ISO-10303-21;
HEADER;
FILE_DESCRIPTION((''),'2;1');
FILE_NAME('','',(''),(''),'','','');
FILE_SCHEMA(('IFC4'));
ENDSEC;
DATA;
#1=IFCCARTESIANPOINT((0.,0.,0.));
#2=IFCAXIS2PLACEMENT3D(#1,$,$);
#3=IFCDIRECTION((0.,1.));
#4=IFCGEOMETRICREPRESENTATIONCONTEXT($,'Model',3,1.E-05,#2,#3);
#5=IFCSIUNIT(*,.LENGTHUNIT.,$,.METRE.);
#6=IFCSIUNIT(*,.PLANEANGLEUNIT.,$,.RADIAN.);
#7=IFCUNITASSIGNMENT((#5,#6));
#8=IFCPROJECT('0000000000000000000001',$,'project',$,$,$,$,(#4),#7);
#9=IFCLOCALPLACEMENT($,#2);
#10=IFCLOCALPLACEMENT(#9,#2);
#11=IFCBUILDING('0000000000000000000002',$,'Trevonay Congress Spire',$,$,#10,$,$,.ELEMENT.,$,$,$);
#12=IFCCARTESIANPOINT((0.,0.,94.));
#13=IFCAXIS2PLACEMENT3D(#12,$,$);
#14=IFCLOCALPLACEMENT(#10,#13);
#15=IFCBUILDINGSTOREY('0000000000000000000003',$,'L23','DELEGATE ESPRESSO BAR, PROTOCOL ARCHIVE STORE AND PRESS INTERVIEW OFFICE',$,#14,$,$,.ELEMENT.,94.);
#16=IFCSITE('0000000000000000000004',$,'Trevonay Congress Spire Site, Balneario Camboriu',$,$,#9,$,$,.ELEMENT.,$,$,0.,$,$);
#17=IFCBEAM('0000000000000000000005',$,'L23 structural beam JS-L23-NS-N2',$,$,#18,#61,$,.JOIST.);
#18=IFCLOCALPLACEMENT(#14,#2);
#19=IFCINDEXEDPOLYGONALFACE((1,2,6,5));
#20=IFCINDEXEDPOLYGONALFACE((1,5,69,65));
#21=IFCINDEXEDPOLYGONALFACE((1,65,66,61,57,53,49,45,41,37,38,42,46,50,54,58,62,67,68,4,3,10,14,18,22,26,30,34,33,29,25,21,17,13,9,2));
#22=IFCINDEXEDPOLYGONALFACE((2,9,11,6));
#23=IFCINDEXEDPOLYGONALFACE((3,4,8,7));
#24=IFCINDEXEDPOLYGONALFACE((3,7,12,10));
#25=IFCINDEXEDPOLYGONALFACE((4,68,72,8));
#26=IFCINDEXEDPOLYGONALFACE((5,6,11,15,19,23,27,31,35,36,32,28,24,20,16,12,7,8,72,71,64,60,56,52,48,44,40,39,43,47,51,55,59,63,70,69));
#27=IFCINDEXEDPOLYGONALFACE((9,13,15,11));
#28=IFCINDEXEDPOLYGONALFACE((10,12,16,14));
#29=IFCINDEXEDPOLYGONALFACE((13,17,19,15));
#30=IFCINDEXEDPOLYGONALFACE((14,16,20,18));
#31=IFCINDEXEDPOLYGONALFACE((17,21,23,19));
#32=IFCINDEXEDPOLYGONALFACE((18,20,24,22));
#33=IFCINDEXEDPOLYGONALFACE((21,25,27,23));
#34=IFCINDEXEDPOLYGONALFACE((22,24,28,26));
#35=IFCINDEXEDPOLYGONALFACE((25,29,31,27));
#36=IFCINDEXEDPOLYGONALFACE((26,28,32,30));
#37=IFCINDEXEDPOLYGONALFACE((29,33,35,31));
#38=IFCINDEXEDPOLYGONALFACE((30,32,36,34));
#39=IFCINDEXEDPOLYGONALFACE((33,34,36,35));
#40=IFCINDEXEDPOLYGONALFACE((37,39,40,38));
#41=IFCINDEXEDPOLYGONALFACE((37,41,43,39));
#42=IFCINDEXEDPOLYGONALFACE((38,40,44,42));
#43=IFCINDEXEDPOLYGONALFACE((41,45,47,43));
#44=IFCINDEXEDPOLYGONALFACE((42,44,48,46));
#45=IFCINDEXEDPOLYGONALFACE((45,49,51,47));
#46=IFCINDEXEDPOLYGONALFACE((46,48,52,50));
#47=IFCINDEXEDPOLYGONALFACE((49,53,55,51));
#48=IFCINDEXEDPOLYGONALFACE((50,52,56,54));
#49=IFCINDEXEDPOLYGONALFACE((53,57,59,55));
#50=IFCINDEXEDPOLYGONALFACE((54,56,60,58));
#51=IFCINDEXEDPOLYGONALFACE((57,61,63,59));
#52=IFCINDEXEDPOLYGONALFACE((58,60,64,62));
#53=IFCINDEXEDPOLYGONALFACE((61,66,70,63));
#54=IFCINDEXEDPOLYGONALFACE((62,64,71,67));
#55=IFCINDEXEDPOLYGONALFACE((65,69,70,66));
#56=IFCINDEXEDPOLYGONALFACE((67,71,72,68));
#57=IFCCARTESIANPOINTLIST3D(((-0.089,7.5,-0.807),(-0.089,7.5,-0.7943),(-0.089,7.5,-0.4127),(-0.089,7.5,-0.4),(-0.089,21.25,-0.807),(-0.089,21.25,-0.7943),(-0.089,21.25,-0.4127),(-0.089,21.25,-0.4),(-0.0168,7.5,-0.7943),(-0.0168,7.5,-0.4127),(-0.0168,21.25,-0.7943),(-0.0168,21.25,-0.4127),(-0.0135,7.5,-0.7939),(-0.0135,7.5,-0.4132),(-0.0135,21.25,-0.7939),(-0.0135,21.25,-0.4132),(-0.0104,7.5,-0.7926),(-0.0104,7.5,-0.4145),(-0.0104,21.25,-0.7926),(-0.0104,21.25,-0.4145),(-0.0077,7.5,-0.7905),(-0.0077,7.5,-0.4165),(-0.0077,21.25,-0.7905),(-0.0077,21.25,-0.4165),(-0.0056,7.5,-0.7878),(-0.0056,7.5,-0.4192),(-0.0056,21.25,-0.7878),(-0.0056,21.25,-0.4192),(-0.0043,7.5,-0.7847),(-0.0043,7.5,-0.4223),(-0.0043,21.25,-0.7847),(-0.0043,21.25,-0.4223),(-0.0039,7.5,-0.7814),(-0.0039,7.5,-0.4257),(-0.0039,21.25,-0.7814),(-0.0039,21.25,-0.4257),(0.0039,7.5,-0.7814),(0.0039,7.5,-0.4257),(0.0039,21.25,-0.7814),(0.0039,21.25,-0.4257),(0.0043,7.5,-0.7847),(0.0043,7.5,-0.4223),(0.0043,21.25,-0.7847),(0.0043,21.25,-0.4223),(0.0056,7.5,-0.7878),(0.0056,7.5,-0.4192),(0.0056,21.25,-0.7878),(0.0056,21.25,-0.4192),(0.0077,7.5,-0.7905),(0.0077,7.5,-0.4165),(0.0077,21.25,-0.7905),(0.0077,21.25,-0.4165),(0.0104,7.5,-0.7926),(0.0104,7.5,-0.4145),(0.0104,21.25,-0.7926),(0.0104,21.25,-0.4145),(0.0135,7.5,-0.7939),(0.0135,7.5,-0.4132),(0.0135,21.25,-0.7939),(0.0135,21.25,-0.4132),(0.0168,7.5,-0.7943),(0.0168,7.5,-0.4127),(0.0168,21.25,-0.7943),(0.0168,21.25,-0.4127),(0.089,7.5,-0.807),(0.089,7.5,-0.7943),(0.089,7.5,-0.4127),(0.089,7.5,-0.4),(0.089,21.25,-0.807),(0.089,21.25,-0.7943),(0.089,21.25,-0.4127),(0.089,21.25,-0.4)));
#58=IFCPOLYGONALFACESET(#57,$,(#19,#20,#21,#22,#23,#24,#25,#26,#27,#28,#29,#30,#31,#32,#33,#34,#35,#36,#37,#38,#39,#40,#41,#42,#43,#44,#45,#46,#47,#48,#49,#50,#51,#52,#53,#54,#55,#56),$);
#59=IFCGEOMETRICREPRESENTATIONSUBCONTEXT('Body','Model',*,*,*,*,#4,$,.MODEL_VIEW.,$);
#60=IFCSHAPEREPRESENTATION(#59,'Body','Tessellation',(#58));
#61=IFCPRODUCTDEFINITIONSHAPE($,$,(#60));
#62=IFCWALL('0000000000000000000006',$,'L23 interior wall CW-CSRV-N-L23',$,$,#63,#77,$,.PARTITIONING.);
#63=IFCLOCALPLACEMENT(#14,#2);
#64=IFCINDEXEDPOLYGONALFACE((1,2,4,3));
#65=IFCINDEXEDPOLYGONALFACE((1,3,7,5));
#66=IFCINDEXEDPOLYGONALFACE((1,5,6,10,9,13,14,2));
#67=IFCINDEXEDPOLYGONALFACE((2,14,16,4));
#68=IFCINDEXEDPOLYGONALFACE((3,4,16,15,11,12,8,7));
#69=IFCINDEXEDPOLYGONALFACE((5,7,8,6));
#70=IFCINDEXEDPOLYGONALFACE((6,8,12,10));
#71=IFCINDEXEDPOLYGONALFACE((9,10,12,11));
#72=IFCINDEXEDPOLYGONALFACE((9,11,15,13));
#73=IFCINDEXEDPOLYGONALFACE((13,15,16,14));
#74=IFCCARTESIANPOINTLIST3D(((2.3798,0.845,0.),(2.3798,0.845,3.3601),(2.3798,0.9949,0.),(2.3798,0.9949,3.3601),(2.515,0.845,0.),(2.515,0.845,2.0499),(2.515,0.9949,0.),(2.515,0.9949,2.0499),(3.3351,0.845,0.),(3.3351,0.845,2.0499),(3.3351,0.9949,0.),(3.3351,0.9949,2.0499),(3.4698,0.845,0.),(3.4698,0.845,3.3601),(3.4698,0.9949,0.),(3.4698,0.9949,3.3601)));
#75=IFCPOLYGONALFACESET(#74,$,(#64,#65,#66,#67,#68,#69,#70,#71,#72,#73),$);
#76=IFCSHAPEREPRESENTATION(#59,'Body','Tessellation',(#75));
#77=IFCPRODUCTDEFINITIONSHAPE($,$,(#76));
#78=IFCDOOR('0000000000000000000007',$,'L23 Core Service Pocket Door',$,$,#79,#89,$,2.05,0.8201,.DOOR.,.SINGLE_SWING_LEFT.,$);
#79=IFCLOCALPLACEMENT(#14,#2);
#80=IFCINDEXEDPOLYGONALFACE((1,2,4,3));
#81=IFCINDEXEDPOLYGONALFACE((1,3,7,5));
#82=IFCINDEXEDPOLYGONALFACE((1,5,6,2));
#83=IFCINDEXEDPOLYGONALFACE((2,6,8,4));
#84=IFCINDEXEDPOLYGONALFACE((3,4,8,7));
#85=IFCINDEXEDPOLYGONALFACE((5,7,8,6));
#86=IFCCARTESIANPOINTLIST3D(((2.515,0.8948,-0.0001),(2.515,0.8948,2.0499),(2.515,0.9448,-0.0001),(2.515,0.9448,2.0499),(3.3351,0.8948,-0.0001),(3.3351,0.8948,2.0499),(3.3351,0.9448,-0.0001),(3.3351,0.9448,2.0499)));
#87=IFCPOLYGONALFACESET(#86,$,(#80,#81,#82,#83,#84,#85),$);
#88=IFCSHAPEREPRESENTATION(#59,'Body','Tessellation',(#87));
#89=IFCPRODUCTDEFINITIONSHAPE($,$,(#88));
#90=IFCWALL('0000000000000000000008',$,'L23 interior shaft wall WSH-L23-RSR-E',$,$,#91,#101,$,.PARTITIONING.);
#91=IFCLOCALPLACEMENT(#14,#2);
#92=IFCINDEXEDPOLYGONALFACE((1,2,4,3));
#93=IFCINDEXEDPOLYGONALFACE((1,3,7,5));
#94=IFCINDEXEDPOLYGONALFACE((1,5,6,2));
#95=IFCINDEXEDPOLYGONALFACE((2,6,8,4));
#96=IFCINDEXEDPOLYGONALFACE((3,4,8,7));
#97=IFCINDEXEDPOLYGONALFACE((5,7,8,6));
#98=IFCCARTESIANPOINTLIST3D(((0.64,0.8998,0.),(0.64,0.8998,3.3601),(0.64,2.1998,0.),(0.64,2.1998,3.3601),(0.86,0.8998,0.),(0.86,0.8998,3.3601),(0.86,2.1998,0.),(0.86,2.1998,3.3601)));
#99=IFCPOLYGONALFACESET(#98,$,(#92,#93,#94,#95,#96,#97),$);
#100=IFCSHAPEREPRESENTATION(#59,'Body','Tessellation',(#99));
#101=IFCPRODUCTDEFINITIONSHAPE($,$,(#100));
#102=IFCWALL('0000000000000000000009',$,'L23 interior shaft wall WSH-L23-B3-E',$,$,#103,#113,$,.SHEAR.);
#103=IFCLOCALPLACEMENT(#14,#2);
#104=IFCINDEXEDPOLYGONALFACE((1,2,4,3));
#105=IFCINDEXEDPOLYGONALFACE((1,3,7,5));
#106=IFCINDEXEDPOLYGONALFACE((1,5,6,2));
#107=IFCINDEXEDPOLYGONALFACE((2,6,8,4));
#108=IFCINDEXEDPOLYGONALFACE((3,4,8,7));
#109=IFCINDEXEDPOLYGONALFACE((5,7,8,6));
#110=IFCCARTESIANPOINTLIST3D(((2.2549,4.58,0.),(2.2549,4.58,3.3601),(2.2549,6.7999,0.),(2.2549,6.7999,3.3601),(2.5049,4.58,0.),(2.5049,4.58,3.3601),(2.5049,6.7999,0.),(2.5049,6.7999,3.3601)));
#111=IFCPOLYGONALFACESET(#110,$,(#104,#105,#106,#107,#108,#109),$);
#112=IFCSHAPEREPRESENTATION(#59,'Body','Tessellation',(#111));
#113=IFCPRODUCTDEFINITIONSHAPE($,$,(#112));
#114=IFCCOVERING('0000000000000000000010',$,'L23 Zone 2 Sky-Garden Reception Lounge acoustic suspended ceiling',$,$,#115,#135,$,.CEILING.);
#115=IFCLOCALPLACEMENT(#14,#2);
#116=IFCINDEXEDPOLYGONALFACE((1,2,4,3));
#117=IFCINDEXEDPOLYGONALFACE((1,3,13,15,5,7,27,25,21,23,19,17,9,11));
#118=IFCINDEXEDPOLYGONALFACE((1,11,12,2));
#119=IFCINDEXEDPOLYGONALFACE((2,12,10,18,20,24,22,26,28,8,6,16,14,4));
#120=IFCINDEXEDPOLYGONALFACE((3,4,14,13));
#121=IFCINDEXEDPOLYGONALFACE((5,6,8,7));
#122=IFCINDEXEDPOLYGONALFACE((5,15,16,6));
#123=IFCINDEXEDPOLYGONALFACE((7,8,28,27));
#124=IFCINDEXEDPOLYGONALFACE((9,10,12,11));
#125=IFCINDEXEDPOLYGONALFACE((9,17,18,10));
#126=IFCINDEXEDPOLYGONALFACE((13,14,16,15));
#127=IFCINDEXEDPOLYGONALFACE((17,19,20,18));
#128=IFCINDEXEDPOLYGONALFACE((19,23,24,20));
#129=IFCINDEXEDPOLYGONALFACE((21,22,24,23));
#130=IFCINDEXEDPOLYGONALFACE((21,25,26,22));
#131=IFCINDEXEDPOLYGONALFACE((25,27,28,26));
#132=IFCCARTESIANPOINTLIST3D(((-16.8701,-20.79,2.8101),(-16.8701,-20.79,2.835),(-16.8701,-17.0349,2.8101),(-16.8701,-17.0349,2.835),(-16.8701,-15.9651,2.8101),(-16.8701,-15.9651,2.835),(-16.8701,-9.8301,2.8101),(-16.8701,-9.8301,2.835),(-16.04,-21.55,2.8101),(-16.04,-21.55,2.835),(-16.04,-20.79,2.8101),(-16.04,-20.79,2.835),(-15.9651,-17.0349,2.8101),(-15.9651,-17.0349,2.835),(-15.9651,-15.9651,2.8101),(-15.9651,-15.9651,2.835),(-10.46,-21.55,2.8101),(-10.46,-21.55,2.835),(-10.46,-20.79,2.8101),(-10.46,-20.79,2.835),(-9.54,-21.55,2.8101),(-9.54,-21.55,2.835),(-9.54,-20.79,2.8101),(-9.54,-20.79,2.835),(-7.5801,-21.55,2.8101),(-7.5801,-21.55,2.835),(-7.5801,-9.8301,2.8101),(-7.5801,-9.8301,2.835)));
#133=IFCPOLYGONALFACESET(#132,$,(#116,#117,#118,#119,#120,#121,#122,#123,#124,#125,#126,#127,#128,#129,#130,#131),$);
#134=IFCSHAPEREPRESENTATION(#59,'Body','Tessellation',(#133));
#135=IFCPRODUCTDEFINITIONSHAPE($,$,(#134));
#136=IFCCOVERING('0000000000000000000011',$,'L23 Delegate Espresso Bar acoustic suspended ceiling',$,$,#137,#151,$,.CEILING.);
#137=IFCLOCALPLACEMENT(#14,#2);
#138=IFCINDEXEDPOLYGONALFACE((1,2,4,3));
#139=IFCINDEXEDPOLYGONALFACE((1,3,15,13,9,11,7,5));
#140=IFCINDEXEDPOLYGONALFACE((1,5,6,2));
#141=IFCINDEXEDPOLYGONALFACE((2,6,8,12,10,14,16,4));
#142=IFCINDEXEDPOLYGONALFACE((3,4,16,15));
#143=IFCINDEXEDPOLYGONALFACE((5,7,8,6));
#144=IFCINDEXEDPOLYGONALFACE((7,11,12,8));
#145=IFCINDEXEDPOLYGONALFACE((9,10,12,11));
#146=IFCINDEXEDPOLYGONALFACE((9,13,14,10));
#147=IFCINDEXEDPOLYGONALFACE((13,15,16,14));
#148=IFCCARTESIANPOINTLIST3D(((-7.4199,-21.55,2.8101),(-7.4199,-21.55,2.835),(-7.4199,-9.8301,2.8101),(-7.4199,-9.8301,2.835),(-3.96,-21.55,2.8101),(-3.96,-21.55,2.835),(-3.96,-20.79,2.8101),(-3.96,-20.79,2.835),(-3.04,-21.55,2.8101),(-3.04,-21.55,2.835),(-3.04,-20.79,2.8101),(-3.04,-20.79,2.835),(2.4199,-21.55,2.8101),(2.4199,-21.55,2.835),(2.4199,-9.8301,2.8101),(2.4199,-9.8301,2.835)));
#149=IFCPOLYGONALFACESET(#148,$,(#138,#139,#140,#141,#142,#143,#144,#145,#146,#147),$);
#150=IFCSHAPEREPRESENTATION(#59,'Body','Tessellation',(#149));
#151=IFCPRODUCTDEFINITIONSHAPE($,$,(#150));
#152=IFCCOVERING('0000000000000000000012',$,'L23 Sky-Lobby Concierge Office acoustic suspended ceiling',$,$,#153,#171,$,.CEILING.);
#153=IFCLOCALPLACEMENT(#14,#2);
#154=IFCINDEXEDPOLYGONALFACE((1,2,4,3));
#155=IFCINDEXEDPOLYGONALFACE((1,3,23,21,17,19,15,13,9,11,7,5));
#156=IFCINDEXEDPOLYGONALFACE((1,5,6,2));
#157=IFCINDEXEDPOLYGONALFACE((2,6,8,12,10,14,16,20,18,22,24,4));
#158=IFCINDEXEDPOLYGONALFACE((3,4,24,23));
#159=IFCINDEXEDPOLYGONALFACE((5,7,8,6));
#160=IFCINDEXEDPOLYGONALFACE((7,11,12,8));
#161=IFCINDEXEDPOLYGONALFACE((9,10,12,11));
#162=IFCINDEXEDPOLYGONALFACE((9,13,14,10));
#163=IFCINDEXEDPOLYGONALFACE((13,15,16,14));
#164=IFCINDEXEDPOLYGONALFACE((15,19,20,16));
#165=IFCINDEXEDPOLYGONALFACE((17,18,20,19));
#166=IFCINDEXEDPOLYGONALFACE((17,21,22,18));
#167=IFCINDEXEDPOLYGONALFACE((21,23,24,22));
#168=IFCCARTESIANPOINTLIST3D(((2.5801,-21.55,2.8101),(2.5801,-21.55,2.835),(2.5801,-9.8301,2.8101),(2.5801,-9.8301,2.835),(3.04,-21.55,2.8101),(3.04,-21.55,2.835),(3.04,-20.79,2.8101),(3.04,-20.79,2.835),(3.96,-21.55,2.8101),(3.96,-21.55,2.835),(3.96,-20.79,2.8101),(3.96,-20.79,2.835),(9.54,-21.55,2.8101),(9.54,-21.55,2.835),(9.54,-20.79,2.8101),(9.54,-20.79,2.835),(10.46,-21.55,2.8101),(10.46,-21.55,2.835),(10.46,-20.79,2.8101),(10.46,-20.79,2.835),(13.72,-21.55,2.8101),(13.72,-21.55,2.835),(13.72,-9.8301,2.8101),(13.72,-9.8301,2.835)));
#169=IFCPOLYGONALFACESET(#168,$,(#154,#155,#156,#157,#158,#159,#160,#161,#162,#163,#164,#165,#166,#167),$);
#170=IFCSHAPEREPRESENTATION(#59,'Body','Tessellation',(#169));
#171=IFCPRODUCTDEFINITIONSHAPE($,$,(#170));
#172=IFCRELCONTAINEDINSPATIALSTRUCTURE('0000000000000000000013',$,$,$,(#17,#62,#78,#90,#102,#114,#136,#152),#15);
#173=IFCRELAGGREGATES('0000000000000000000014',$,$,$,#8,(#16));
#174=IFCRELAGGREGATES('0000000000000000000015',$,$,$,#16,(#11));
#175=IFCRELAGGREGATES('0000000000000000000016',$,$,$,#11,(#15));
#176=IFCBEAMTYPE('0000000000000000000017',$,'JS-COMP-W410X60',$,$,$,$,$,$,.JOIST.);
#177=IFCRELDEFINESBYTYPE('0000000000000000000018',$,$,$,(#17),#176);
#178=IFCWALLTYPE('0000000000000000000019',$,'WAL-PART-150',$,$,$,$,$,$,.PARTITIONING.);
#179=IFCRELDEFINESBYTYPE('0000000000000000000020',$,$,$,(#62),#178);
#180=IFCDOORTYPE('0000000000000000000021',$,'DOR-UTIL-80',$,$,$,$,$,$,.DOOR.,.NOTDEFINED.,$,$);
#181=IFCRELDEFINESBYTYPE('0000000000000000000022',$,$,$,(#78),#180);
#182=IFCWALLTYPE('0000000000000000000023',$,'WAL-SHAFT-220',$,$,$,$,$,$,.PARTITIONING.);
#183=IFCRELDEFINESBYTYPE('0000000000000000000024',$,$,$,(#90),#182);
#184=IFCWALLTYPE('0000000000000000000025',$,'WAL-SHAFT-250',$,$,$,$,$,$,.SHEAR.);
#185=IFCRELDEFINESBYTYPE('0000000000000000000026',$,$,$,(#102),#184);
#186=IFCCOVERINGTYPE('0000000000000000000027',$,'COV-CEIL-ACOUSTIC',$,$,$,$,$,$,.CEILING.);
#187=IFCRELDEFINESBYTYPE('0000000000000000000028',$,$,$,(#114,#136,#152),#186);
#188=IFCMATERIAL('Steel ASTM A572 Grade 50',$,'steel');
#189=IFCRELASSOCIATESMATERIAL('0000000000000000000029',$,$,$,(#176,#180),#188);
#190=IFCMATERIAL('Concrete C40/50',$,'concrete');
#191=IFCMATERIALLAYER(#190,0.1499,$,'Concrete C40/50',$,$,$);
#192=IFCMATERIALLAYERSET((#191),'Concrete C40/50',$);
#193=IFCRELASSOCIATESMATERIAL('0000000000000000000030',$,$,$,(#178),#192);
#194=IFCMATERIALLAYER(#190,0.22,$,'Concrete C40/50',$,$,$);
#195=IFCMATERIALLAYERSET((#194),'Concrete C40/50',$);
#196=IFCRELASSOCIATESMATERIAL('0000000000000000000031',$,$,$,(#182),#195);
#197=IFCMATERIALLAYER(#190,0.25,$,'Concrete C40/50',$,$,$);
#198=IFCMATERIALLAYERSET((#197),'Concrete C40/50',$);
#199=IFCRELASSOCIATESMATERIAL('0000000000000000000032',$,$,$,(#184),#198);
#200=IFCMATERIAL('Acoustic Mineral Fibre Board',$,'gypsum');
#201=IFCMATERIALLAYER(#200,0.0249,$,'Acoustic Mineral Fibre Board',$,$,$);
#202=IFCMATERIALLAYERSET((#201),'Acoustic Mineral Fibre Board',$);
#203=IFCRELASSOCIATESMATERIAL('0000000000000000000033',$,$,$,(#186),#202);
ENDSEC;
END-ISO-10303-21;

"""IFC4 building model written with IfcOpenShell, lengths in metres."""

from ifc_helpers import new_model, si_unit, direction, frame, frame_2d, origin, origin_2d, place, context, subcontext, project, spatial, polyline, rectangle, i_section, outline, extrude, material, layer, layer_set, material_profile, profile_set, type_object, element, fill, save


model = new_model("IFC4")

# Units and contexts
model_context = context("Model", 3, precision=1e-05, world=origin(), true_north=direction((0.0, 1.0)))
body_context = subcontext(model_context, "Body", "Model", "MODEL_VIEW")
ifc_project = project(units=[si_unit("LENGTHUNIT", "METRE"), si_unit("PLANEANGLEUNIT", "RADIAN")], contexts=[model_context])

# Site, building, storey
site_placement = place(None, origin())
site = spatial("IfcSite", under=ifc_project, at=site_placement, Name="Trevonay Congress Spire Site, Balneario Camboriu", CompositionType="ELEMENT", RefElevation=0.0)
building_placement = place(site_placement, origin())
building = spatial("IfcBuilding", under=site, at=building_placement, Name="Trevonay Congress Spire", CompositionType="ELEMENT")
storey_placement = place(building_placement, frame((0.0, 0.0, 94.0)))
storey = spatial("IfcBuildingStorey", under=building, at=storey_placement, Name="L23", Description="DELEGATE ESPRESSO BAR, PROTOCOL ARCHIVE STORE AND PRESS INTERVIEW OFFICE", CompositionType="ELEMENT", Elevation=94.0)

# Beam
ifc_material_1 = material(Name="Steel ASTM A572 Grade 50", Category="steel")
ifc_material_profile = material_profile(ifc_material_1, i_section(OverallWidth=0.178, OverallDepth=0.407, WebThickness=0.0078, FlangeThickness=0.0127, FilletRadius=0.0129, at=origin_2d()), Name="W410x60")
ifc_profile_set = profile_set([ifc_material_profile], Name="Steel ASTM A572 Grade 50")
beam_type = type_object("IfcBeamType", Name="JS-COMP-W410X60", PredefinedType="JOIST", material=ifc_profile_set)
beam_placement = place(storey_placement, frame((0.0, 7.5, -0.6035), z_axis=(0.0, 1.0, 0.0), x_axis=(-1.0, 0.0, 0.0)))
element("IfcBeam", 1, at=beam_placement, inside=storey, type_object=beam_type, Name="L23 structural beam JS-L23-NS-N2", PredefinedType="JOIST", context=body_context, shape_type="SweptSolid", body=[
    extrude(i_section(OverallWidth=0.178, OverallDepth=0.407, WebThickness=0.0078, FlangeThickness=0.0127, FilletRadius=0.0129, at=origin_2d()), origin(), (0.0, 0.0, 1.0), 13.75),
])

# Wall, opening, door
ifc_material_2 = material(Name="Concrete C40/50", Category="concrete")
ifc_layer_1 = layer(ifc_material_2, 0.1499, Name="Concrete C40/50")
ifc_layer_set_1 = layer_set([ifc_layer_1], Name="Concrete C40/50")
wall_type_1 = type_object("IfcWallType", Name="WAL-PART-150", PredefinedType="PARTITIONING", material=ifc_layer_set_1)
wall_1_placement = place(storey_placement, frame((2.3799, 0.9199, 0.0), z_axis=(0.0, 0.0, 1.0), x_axis=(1.0, 0.0, 0.0)))
wall_1 = element("IfcWall", 2, at=wall_1_placement, inside=storey, type_object=wall_type_1, Name="L23 interior wall CW-CSRV-N-L23", PredefinedType="PARTITIONING", context=body_context, shape_type="SweptSolid", body=[
    extrude(rectangle(XDim=1.0901, YDim=0.1499, at=frame_2d((0.5449, 0.0))), origin(), (0.0, 0.0, 1.0), 3.3601),
])
opening_placement = place(wall_1_placement, frame((0.135, 0.0, 0.0)))
opening = element("IfcOpeningElement", 3, at=opening_placement, cuts=wall_1, PredefinedType="OPENING", context=body_context, shape_type="SweptSolid", body=[
    extrude(rectangle(XDim=0.8201, YDim=2.05, at=frame_2d((0.4102, 1.0249))), frame((0.0, 0.085, 0.0), z_axis=(0.0, -1.0, 0.0), x_axis=(1.0, 0.0, 0.0)), (0.0, 0.0, 1.0), 0.1699),
])
door_type = type_object("IfcDoorType", Name="DOR-UTIL-80", OperationType="NOTDEFINED", PredefinedType="DOOR", material=ifc_material_1)
door_placement = place(opening_placement, origin())
door = element("IfcDoor", 4, at=door_placement, inside=storey, type_object=door_type, Name="L23 Core Service Pocket Door", OperationType="SINGLE_SWING_LEFT", OverallHeight=2.05, OverallWidth=0.8201, PredefinedType="DOOR", context=body_context, shape_type="SweptSolid", body=[
    extrude(rectangle(XDim=0.8201, YDim=2.05, at=frame_2d((0.4102, 1.0249))), frame((0.0, 0.0249, 0.0), z_axis=(0.0, -1.0, 0.0), x_axis=(1.0, 0.0, 0.0)), (0.0, 0.0, 1.0), 0.05),
])
fill(opening, door)

# Walls
ifc_layer_2 = layer(ifc_material_2, 0.22, Name="Concrete C40/50")
ifc_layer_set_2 = layer_set([ifc_layer_2], Name="Concrete C40/50")
wall_type_2 = type_object("IfcWallType", Name="WAL-SHAFT-220", PredefinedType="PARTITIONING", material=ifc_layer_set_2)
wall_2_placement = place(storey_placement, frame((0.75, 0.8999, 0.0), z_axis=(0.0, 0.0, 1.0), x_axis=(0.0, 1.0, 0.0)))
element("IfcWall", 5, at=wall_2_placement, inside=storey, type_object=wall_type_2, Name="L23 interior shaft wall WSH-L23-RSR-E", PredefinedType="PARTITIONING", context=body_context, shape_type="SweptSolid", body=[
    extrude(rectangle(XDim=1.3, YDim=0.22, at=frame_2d((0.6499, 0.0))), origin(), (0.0, 0.0, 1.0), 3.3601),
])
ifc_layer_3 = layer(ifc_material_2, 0.25, Name="Concrete C40/50")
ifc_layer_set_3 = layer_set([ifc_layer_3], Name="Concrete C40/50")
wall_type_3 = type_object("IfcWallType", Name="WAL-SHAFT-250", PredefinedType="SHEAR", material=ifc_layer_set_3)
wall_3_placement = place(storey_placement, frame((2.3799, 4.5801, 0.0), z_axis=(0.0, 0.0, 1.0), x_axis=(0.0, 1.0, 0.0)))
element("IfcWall", 6, at=wall_3_placement, inside=storey, type_object=wall_type_3, Name="L23 interior shaft wall WSH-L23-B3-E", PredefinedType="SHEAR", context=body_context, shape_type="SweptSolid", body=[
    extrude(rectangle(XDim=2.22, YDim=0.25, at=frame_2d((1.1099, 0.0))), origin(), (0.0, 0.0, 1.0), 3.3601),
])

# Coverings
ifc_material_3 = material(Name="Acoustic Mineral Fibre Board", Category="gypsum")
ifc_layer_4 = layer(ifc_material_3, 0.0249, Name="Acoustic Mineral Fibre Board")
ifc_layer_set_4 = layer_set([ifc_layer_4], Name="Acoustic Mineral Fibre Board")
covering_type_1 = type_object("IfcCoveringType", Name="COV-CEIL-ACOUSTIC", PredefinedType="CEILING", material=ifc_layer_set_4)
covering_1_placement = place(storey_placement, frame((0.0, 0.0, 2.8101)))
element("IfcCovering", 7, at=covering_1_placement, inside=storey, type_object=covering_type_1, Name="L23 Zone 2 Sky-Garden Reception Lounge acoustic suspended ceiling", PredefinedType="CEILING", context=body_context, shape_type="SweptSolid", body=[
    extrude(outline(polyline([(-16.04, -21.55), (-16.04, -20.79), (-16.8701, -20.79), (-16.8701, -17.0349), (-15.9651, -17.0349), (-15.9651, -15.9651), (-16.8701, -15.9651), (-16.8701, -9.8301), (-7.5801, -9.8301), (-7.5801, -21.55), (-9.54, -21.55), (-9.54, -20.79), (-10.46, -20.79), (-10.46, -21.55), (-16.04, -21.55)])), origin(), (0.0, 0.0, 1.0), 0.0249),
])
covering_2_placement = place(storey_placement, frame((0.0, 0.0, 2.8101)))
element("IfcCovering", 8, at=covering_2_placement, inside=storey, type_object=covering_type_1, Name="L23 Delegate Espresso Bar acoustic suspended ceiling", PredefinedType="CEILING", context=body_context, shape_type="SweptSolid", body=[
    extrude(outline(polyline([(-7.4199, -21.55), (-7.4199, -9.8301), (2.4199, -9.8301), (2.4199, -21.55), (-3.04, -21.55), (-3.04, -20.79), (-3.96, -20.79), (-3.96, -21.55), (-7.4199, -21.55)])), origin(), (0.0, 0.0, 1.0), 0.0249),
])
covering_3_placement = place(storey_placement, frame((0.0, 0.0, 2.8101)))
element("IfcCovering", 9, at=covering_3_placement, inside=storey, type_object=covering_type_1, Name="L23 Sky-Lobby Concierge Office acoustic suspended ceiling", PredefinedType="CEILING", context=body_context, shape_type="SweptSolid", body=[
    extrude(outline(polyline([(2.5801, -21.55), (2.5801, -9.8301), (13.72, -9.8301), (13.72, -21.55), (10.46, -21.55), (10.46, -20.79), (9.54, -20.79), (9.54, -21.55), (3.96, -21.55), (3.96, -20.79), (3.04, -20.79), (3.04, -21.55), (2.5801, -21.55)])), origin(), (0.0, 0.0, 1.0), 0.0249),
])

save(model, "model.ifc")
